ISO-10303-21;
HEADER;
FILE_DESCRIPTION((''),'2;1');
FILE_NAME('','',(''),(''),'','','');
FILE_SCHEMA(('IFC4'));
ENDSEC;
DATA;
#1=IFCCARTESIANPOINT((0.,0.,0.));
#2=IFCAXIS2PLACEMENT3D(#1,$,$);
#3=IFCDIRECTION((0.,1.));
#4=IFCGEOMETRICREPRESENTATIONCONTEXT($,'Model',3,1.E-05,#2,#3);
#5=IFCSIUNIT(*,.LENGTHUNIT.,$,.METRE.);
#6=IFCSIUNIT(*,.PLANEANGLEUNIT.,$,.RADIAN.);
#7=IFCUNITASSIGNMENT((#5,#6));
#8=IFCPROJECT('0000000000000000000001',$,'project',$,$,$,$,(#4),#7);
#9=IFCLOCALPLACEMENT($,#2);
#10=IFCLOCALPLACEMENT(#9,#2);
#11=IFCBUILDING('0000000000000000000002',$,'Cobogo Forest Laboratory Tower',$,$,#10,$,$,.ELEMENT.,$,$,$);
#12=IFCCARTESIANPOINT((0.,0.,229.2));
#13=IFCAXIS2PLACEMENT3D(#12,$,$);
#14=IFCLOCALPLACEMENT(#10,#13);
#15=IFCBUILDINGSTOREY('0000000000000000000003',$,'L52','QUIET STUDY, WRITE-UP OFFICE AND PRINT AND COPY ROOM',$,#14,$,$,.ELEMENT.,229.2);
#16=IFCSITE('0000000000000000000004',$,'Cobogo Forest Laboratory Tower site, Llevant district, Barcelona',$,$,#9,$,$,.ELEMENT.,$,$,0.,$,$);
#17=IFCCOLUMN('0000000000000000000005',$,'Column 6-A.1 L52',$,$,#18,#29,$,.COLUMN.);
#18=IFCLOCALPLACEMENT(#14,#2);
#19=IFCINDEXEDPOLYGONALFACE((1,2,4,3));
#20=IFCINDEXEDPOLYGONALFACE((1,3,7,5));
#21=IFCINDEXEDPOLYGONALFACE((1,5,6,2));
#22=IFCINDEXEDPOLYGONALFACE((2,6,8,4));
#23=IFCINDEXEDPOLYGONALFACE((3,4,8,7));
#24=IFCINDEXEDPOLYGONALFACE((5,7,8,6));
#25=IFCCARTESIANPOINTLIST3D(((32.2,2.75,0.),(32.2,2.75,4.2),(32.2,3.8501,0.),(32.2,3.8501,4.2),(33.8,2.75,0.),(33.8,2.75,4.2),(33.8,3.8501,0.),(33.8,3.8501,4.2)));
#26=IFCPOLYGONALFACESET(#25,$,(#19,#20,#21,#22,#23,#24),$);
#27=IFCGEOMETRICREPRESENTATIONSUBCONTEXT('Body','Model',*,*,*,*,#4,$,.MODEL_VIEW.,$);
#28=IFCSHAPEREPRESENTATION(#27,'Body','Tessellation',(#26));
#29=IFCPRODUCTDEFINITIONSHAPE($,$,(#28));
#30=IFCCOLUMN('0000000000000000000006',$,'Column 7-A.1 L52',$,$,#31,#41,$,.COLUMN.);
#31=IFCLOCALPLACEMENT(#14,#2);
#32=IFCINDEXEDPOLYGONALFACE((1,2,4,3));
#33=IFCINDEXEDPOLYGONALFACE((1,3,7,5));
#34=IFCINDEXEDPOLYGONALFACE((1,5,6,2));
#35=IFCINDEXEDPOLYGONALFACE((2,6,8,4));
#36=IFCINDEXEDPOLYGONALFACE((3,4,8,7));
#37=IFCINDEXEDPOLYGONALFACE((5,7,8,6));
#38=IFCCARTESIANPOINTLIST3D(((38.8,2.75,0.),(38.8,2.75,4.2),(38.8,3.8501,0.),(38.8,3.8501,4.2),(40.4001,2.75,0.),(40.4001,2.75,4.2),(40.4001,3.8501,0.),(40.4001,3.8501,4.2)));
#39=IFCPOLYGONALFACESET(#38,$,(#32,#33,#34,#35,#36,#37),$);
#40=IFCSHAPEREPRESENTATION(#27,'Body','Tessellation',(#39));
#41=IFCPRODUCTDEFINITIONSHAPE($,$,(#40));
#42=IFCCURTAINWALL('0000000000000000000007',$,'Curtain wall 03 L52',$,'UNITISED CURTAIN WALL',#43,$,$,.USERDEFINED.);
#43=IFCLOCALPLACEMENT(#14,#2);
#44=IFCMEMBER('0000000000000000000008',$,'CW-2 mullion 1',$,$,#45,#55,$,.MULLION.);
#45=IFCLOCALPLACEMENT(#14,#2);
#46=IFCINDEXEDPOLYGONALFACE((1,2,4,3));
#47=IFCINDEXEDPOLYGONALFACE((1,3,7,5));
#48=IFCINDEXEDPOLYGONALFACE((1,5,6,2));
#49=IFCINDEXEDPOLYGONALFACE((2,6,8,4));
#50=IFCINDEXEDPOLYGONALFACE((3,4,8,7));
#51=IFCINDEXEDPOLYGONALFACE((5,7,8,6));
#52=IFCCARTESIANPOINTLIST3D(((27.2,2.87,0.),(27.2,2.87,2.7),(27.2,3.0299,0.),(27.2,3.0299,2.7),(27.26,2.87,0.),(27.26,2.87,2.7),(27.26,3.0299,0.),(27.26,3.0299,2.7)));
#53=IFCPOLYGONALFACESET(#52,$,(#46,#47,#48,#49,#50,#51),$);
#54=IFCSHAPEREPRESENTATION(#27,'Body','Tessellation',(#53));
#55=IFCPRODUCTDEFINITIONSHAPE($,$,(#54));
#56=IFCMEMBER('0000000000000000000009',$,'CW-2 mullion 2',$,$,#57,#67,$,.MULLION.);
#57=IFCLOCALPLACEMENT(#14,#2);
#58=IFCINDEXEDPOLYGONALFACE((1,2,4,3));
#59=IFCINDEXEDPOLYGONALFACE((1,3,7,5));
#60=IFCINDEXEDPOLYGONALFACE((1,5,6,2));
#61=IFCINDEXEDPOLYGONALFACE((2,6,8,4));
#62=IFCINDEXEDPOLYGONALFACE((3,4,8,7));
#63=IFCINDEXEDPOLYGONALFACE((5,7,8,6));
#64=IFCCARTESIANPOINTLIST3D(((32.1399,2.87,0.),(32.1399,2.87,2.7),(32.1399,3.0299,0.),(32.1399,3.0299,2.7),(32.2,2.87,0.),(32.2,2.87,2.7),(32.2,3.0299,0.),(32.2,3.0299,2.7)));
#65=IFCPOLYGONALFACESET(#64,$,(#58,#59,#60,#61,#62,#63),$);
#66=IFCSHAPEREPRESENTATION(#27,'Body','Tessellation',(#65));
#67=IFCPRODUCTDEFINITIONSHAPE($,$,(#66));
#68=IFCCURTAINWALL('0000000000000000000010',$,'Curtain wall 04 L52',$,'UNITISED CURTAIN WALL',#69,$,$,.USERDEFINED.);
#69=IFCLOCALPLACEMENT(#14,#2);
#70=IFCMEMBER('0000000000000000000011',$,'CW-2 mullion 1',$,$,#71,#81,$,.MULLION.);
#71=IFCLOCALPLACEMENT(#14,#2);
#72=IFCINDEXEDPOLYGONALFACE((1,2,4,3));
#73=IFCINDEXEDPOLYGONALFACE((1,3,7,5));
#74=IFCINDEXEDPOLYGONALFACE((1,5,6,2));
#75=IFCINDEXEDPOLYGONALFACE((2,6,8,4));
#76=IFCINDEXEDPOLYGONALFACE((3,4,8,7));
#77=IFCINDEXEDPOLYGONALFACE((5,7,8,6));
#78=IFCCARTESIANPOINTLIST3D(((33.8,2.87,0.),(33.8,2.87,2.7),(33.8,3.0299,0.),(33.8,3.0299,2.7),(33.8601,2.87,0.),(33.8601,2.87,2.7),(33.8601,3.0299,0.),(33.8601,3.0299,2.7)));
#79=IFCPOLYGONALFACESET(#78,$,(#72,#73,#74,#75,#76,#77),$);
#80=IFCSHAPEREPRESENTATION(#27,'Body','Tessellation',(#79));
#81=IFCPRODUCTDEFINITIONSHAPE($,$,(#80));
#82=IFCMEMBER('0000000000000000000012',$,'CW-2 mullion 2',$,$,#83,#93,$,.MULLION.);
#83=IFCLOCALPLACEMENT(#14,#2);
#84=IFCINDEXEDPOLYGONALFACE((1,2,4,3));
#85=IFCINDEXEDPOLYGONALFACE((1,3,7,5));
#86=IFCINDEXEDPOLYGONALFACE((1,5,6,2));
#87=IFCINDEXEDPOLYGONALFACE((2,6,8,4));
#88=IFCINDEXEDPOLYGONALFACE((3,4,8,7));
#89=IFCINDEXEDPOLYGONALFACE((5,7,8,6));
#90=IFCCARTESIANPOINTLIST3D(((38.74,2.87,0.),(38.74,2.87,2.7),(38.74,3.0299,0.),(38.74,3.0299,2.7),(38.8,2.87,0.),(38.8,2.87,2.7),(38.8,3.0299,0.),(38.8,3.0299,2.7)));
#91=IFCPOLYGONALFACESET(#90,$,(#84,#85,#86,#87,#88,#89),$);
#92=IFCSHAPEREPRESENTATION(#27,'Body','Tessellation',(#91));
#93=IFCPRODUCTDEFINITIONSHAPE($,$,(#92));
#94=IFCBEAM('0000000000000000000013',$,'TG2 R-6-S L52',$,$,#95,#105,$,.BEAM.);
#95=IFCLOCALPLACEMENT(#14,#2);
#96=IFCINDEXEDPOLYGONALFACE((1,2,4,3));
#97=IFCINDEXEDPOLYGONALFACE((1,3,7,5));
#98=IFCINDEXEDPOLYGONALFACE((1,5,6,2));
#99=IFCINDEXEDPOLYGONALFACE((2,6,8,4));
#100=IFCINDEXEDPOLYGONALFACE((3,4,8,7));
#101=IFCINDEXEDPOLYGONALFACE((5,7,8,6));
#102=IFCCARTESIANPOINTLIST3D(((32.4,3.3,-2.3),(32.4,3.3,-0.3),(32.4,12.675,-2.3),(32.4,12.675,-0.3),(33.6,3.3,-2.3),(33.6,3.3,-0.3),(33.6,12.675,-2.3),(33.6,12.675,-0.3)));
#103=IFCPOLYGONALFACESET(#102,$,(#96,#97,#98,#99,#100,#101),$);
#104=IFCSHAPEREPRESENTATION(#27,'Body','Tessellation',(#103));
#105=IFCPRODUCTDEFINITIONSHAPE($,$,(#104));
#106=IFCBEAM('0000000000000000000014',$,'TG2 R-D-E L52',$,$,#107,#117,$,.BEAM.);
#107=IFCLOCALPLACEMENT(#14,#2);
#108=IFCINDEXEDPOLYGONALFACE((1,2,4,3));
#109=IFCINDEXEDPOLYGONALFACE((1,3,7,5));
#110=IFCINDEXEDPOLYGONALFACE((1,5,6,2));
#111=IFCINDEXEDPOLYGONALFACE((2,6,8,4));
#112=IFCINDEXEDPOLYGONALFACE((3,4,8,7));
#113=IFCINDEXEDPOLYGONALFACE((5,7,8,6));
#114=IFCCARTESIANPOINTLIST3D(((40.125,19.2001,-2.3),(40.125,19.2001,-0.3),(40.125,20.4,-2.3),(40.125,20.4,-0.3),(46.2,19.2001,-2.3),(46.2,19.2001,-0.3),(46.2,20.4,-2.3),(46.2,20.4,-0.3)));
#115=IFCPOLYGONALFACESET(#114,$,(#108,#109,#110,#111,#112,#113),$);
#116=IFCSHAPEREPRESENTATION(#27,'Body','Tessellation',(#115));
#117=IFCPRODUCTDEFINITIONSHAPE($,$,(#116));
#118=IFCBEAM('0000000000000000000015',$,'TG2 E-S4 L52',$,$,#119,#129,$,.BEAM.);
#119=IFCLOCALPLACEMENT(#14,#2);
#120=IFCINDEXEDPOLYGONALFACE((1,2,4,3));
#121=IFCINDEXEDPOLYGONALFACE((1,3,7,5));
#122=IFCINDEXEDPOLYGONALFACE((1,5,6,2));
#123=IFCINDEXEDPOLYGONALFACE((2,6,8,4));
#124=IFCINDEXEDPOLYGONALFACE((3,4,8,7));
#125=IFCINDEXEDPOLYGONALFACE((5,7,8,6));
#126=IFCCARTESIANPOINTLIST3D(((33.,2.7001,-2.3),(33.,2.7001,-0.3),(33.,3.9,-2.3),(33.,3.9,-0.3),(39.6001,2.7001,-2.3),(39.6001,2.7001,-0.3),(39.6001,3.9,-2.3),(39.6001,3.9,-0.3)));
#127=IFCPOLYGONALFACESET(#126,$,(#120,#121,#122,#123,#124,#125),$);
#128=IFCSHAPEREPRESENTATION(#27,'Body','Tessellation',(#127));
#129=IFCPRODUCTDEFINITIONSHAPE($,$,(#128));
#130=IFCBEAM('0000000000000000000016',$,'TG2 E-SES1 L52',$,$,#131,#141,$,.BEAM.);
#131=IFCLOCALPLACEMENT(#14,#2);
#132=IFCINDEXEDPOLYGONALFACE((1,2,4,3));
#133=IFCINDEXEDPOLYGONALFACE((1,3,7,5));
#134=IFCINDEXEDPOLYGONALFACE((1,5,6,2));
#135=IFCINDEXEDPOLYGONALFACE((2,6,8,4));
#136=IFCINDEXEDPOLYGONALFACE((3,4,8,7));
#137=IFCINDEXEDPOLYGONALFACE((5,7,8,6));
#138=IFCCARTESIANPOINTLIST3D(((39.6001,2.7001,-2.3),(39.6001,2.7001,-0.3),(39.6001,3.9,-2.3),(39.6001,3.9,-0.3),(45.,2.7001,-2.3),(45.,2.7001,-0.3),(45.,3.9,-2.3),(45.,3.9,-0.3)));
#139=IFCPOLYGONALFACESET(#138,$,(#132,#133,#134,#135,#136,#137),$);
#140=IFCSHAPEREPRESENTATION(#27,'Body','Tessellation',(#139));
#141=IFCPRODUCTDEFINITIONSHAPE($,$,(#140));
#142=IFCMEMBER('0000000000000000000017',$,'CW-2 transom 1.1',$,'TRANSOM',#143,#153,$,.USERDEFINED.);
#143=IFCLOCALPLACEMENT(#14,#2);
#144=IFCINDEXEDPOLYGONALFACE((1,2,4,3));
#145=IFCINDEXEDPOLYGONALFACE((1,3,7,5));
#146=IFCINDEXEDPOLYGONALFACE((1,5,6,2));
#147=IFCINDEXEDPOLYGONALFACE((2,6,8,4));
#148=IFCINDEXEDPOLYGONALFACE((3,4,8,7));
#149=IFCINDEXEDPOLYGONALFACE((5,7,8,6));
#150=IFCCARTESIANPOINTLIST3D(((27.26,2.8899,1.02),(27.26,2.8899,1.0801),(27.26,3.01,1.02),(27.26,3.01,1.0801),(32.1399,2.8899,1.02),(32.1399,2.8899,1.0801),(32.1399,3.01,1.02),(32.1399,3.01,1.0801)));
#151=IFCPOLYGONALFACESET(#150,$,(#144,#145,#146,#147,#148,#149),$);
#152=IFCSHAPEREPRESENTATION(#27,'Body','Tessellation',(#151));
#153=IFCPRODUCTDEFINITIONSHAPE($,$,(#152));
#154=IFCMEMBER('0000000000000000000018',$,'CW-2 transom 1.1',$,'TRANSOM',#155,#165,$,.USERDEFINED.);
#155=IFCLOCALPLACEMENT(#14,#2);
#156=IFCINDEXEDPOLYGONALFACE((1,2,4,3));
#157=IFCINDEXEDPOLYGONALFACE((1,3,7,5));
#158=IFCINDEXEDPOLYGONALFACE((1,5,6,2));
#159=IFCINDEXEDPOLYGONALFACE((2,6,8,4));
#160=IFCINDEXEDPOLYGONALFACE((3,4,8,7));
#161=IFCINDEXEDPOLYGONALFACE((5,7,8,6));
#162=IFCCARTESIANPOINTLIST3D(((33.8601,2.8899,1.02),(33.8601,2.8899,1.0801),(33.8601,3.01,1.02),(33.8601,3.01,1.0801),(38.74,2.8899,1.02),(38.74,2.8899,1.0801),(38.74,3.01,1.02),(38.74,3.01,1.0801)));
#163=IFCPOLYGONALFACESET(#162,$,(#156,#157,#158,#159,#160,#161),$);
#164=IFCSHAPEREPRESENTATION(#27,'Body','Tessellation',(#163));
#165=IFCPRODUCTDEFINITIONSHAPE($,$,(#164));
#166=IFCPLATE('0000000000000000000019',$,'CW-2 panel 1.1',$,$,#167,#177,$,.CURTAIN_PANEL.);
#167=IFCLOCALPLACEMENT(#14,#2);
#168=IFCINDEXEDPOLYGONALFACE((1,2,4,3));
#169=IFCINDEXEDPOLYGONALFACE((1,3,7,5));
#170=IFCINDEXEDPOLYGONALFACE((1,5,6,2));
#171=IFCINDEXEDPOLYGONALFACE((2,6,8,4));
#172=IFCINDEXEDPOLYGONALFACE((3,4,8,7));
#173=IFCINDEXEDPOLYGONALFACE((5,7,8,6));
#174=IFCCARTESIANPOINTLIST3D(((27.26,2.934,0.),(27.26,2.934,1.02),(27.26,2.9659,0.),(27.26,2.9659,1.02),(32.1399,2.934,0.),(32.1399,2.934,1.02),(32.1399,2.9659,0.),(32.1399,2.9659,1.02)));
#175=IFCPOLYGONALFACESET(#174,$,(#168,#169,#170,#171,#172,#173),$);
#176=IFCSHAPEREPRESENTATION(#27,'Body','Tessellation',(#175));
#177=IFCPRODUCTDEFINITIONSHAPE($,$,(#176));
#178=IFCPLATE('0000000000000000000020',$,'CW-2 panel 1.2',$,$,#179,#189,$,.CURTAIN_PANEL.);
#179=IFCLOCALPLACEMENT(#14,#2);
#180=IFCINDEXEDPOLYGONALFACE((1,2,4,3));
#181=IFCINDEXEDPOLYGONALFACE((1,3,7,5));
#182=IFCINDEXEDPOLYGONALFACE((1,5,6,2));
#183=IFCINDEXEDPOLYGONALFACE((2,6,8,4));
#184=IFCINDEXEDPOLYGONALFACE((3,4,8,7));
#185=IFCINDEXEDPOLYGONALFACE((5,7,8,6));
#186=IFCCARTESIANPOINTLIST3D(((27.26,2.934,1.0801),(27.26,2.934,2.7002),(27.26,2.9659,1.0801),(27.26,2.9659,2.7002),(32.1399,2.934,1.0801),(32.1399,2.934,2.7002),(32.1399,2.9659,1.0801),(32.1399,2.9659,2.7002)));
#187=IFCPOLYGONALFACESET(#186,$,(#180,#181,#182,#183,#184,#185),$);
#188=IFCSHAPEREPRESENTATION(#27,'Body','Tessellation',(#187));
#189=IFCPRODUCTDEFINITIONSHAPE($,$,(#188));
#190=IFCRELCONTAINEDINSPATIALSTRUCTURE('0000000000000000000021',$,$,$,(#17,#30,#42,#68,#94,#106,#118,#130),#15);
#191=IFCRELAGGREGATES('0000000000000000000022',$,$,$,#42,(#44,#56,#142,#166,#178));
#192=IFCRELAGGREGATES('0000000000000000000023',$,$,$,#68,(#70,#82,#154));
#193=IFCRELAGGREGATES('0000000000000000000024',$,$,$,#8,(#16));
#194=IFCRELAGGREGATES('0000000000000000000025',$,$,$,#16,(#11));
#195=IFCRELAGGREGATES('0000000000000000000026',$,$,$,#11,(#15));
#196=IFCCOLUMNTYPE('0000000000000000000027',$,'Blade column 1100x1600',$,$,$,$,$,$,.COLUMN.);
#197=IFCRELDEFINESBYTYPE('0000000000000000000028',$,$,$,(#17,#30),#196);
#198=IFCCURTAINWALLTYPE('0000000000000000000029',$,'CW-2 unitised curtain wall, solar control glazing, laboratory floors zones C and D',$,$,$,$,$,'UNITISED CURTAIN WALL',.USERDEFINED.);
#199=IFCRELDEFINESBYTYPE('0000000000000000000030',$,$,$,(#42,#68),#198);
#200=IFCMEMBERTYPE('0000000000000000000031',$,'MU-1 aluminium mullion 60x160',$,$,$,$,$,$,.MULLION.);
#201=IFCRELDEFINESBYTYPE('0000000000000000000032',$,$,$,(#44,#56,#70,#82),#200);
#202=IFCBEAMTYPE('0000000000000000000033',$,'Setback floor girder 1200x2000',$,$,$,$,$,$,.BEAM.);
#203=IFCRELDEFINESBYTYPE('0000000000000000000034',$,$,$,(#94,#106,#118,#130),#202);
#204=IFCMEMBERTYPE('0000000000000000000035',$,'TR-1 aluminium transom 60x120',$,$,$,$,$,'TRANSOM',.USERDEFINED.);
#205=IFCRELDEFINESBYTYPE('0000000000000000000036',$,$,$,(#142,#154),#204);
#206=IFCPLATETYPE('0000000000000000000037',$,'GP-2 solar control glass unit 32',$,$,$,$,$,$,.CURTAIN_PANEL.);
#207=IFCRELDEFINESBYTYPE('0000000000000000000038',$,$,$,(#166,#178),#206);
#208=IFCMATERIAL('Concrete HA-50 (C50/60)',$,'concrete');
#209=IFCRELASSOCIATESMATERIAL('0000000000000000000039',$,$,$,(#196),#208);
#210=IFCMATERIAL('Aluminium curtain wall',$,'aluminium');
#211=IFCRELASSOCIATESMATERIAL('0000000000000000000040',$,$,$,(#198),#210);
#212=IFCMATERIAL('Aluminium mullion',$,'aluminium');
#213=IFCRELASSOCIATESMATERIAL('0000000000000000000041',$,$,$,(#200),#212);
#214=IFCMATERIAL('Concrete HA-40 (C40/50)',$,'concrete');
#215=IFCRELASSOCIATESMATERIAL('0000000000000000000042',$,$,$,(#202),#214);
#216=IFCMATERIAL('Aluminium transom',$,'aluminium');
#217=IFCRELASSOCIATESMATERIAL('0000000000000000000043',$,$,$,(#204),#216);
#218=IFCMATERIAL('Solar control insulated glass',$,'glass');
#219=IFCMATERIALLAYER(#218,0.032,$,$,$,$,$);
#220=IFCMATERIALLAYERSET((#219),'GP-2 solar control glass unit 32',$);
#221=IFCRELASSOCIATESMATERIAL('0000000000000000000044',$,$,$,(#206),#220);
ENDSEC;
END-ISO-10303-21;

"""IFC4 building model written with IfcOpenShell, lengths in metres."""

from ifc_helpers import new_model, si_unit, direction, frame, origin, origin_2d, place, context, subcontext, project, spatial, rectangle, extrude, material, layer, layer_set, material_profile, profile_set, type_object, element, aggregate, save


model = new_model("IFC4")

# Units and contexts
model_context = context("Model", 3, precision=1e-05, world=origin(), true_north=direction((0.0, 1.0)))
body_context = subcontext(model_context, "Body", "Model", "MODEL_VIEW")
ifc_project = project(units=[si_unit("LENGTHUNIT", "METRE"), si_unit("PLANEANGLEUNIT", "RADIAN")], contexts=[model_context])

# Site, building, storey
site_placement = place(None, origin())
site = spatial("IfcSite", under=ifc_project, at=site_placement, Name="Cobogo Forest Laboratory Tower site, Llevant district, Barcelona", CompositionType="ELEMENT", RefElevation=0.0)
building_placement = place(site_placement, origin())
building = spatial("IfcBuilding", under=site, at=building_placement, Name="Cobogo Forest Laboratory Tower", CompositionType="ELEMENT")
storey_placement = place(building_placement, frame((0.0, 0.0, 229.2)))
storey = spatial("IfcBuildingStorey", under=building, at=storey_placement, Name="L52", Description="QUIET STUDY, WRITE-UP OFFICE AND PRINT AND COPY ROOM", CompositionType="ELEMENT", Elevation=229.2)

# Columns
ifc_material_1 = material(Name="Concrete HA-50 (C50/60)", Category="concrete")
ifc_material_profile_1 = material_profile(ifc_material_1, rectangle(XDim=1.6001, YDim=1.1001, at=origin_2d()), Name="RC 1100x1600")
ifc_profile_set_1 = profile_set([ifc_material_profile_1], Name="Concrete HA-50 (C50/60)")
column_type = type_object("IfcColumnType", Name="Blade column 1100x1600", PredefinedType="COLUMN", material=ifc_profile_set_1)
for number, where, z_axis, x_axis, name in (
    (1, (33.0, 3.3, 0.0), (0.0, 0.0, 1.0), (1.0, 0.0, 0.0), "Column 6-A.1 L52"),
    (2, (39.6001, 3.3, 0.0), (0.0, 0.0, 1.0), (1.0, 0.0, 0.0), "Column 7-A.1 L52"),
):
    element("IfcColumn", number, at=place(storey_placement, frame(where, z_axis=z_axis, x_axis=x_axis)), inside=storey, type_object=column_type, Name=name, PredefinedType="COLUMN", context=body_context, shape_type="SweptSolid", body=[
        extrude(rectangle(XDim=1.6001, YDim=1.1001, at=origin_2d()), origin(), (0.0, 0.0, 1.0), 4.2),
    ])

# Curtain walls, members
ifc_material_2 = material(Name="Aluminium curtain wall", Category="aluminium")
curtain_wall_type = type_object("IfcCurtainWallType", Name="CW-2 unitised curtain wall, solar control glazing, laboratory floors zones C and D", ElementType="UNITISED CURTAIN WALL", PredefinedType="USERDEFINED", material=ifc_material_2)
curtain_wall_1_placement = place(storey_placement, origin())
curtain_wall_1 = element("IfcCurtainWall", 3, at=curtain_wall_1_placement, inside=storey, type_object=curtain_wall_type, Name="Curtain wall 03 L52", ObjectType="UNITISED CURTAIN WALL", PredefinedType="USERDEFINED")
ifc_material_3 = material(Name="Aluminium mullion", Category="aluminium")
ifc_material_profile_2 = material_profile(ifc_material_3, rectangle(XDim=0.0601, YDim=0.1599, at=origin_2d()), Name="AL 60x160")
ifc_profile_set_2 = profile_set([ifc_material_profile_2], Name="Aluminium mullion")
member_type_1 = type_object("IfcMemberType", Name="MU-1 aluminium mullion 60x160", PredefinedType="MULLION", material=ifc_profile_set_2)
member_1_placement = place(storey_placement, frame((27.23, 2.95, 0.0), z_axis=(0.0, 0.0, 1.0), x_axis=(1.0, 0.0, 0.0)))
member_1 = element("IfcMember", 4, at=member_1_placement, type_object=member_type_1, Name="CW-2 mullion 1", PredefinedType="MULLION", context=body_context, shape_type="SweptSolid", body=[
    extrude(rectangle(XDim=0.0601, YDim=0.1599, at=origin_2d()), origin(), (0.0, 0.0, 1.0), 2.7),
])
member_2_placement = place(storey_placement, frame((32.1699, 2.95, 0.0), z_axis=(0.0, 0.0, 1.0), x_axis=(1.0, 0.0, 0.0)))
member_2 = element("IfcMember", 5, at=member_2_placement, type_object=member_type_1, Name="CW-2 mullion 2", PredefinedType="MULLION", context=body_context, shape_type="SweptSolid", body=[
    extrude(rectangle(XDim=0.0601, YDim=0.1599, at=origin_2d()), origin(), (0.0, 0.0, 1.0), 2.7),
])
curtain_wall_2_placement = place(storey_placement, origin())
curtain_wall_2 = element("IfcCurtainWall", 6, at=curtain_wall_2_placement, inside=storey, type_object=curtain_wall_type, Name="Curtain wall 04 L52", ObjectType="UNITISED CURTAIN WALL", PredefinedType="USERDEFINED")
member_3_placement = place(storey_placement, frame((33.8301, 2.95, 0.0), z_axis=(0.0, 0.0, 1.0), x_axis=(1.0, 0.0, 0.0)))
member_3 = element("IfcMember", 7, at=member_3_placement, type_object=member_type_1, Name="CW-2 mullion 1", PredefinedType="MULLION", context=body_context, shape_type="SweptSolid", body=[
    extrude(rectangle(XDim=0.0601, YDim=0.1599, at=origin_2d()), origin(), (0.0, 0.0, 1.0), 2.7),
])
member_4_placement = place(storey_placement, frame((38.77, 2.95, 0.0), z_axis=(0.0, 0.0, 1.0), x_axis=(1.0, 0.0, 0.0)))
member_4 = element("IfcMember", 8, at=member_4_placement, type_object=member_type_1, Name="CW-2 mullion 2", PredefinedType="MULLION", context=body_context, shape_type="SweptSolid", body=[
    extrude(rectangle(XDim=0.0601, YDim=0.1599, at=origin_2d()), origin(), (0.0, 0.0, 1.0), 2.7),
])

# Beams
ifc_material_4 = material(Name="Concrete HA-40 (C40/50)", Category="concrete")
ifc_material_profile_3 = material_profile(ifc_material_4, rectangle(XDim=1.2, YDim=2.0, at=origin_2d()), Name="RC 1200x2000")
ifc_profile_set_3 = profile_set([ifc_material_profile_3], Name="Concrete HA-40 (C40/50)")
beam_type = type_object("IfcBeamType", Name="Setback floor girder 1200x2000", PredefinedType="BEAM", material=ifc_profile_set_3)
beam_1_placement = place(storey_placement, frame((33.0, 12.675, -1.3), z_axis=(0.0, -1.0, 0.0), x_axis=(1.0, 0.0, 0.0)))
element("IfcBeam", 9, at=beam_1_placement, inside=storey, type_object=beam_type, Name="TG2 R-6-S L52", PredefinedType="BEAM", context=body_context, shape_type="SweptSolid", body=[
    extrude(rectangle(XDim=1.2, YDim=2.0, at=origin_2d()), origin(), (0.0, 0.0, 1.0), 9.375),
])
beam_2_placement = place(storey_placement, frame((40.125, 19.8, -1.3), z_axis=(1.0, 0.0, 0.0), x_axis=(0.0, 1.0, 0.0)))
element("IfcBeam", 10, at=beam_2_placement, inside=storey, type_object=beam_type, Name="TG2 R-D-E L52", PredefinedType="BEAM", context=body_context, shape_type="SweptSolid", body=[
    extrude(rectangle(XDim=1.2, YDim=2.0, at=origin_2d()), origin(), (0.0, 0.0, 1.0), 6.075),
])
beam_3_placement = place(storey_placement, frame((33.0, 3.3, -1.3), z_axis=(1.0, 0.0, 0.0), x_axis=(0.0, 1.0, 0.0)))
element("IfcBeam", 11, at=beam_3_placement, inside=storey, type_object=beam_type, Name="TG2 E-S4 L52", PredefinedType="BEAM", context=body_context, shape_type="SweptSolid", body=[
    extrude(rectangle(XDim=1.2, YDim=2.0, at=origin_2d()), origin(), (0.0, 0.0, 1.0), 6.6001),
])
beam_4_placement = place(storey_placement, frame((39.6001, 3.3, -1.3), z_axis=(1.0, 0.0, 0.0), x_axis=(0.0, 1.0, 0.0)))
element("IfcBeam", 12, at=beam_4_placement, inside=storey, type_object=beam_type, Name="TG2 E-SES1 L52", PredefinedType="BEAM", context=body_context, shape_type="SweptSolid", body=[
    extrude(rectangle(XDim=1.2, YDim=2.0, at=origin_2d()), origin(), (0.0, 0.0, 1.0), 5.3999),
])

# Members
ifc_material_5 = material(Name="Aluminium transom", Category="aluminium")
ifc_material_profile_4 = material_profile(ifc_material_5, rectangle(XDim=0.1201, YDim=0.0601, at=origin_2d()), Name="AL 60x120")
ifc_profile_set_4 = profile_set([ifc_material_profile_4], Name="Aluminium transom")
member_type_2 = type_object("IfcMemberType", Name="TR-1 aluminium transom 60x120", ElementType="TRANSOM", PredefinedType="USERDEFINED", material=ifc_profile_set_4)
member_5_placement = place(storey_placement, frame((27.26, 2.95, 1.05), z_axis=(1.0, 0.0, 0.0), x_axis=(0.0, 1.0, 0.0)))
member_5 = element("IfcMember", 13, at=member_5_placement, type_object=member_type_2, Name="CW-2 transom 1.1", ObjectType="TRANSOM", PredefinedType="USERDEFINED", context=body_context, shape_type="SweptSolid", body=[
    extrude(rectangle(XDim=0.1201, YDim=0.0601, at=origin_2d()), origin(), (0.0, 0.0, 1.0), 4.8799),
])
member_6_placement = place(storey_placement, frame((33.8601, 2.95, 1.05), z_axis=(1.0, 0.0, 0.0), x_axis=(0.0, 1.0, 0.0)))
member_6 = element("IfcMember", 14, at=member_6_placement, type_object=member_type_2, Name="CW-2 transom 1.1", ObjectType="TRANSOM", PredefinedType="USERDEFINED", context=body_context, shape_type="SweptSolid", body=[
    extrude(rectangle(XDim=0.1201, YDim=0.0601, at=origin_2d()), origin(), (0.0, 0.0, 1.0), 4.8799),
])

# Plates
ifc_material_6 = material(Name="Solar control insulated glass", Category="glass")
ifc_layer_1 = layer(ifc_material_6, 0.032)
ifc_layer_set_1 = layer_set([ifc_layer_1], Name="GP-2 solar control glass unit 32")
plate_type_1 = type_object("IfcPlateType", Name="GP-2 solar control glass unit 32", PredefinedType="CURTAIN_PANEL", material=ifc_layer_set_1)
plate_1_placement = place(storey_placement, frame((29.7, 2.95, 0.0), z_axis=(0.0, 0.0, 1.0), x_axis=(1.0, 0.0, 0.0)))
plate_1 = element("IfcPlate", 15, at=plate_1_placement, type_object=plate_type_1, Name="CW-2 panel 1.1", PredefinedType="CURTAIN_PANEL", context=body_context, shape_type="SweptSolid", body=[
    extrude(rectangle(XDim=4.8799, YDim=0.032, at=origin_2d()), origin(), (0.0, 0.0, 1.0), 1.02),
])
plate_2_placement = place(storey_placement, frame((29.7, 2.95, 1.0801), z_axis=(0.0, 0.0, 1.0), x_axis=(1.0, 0.0, 0.0)))
plate_2 = element("IfcPlate", 16, at=plate_2_placement, type_object=plate_type_1, Name="CW-2 panel 1.2", PredefinedType="CURTAIN_PANEL", context=body_context, shape_type="SweptSolid", body=[
    extrude(rectangle(XDim=4.8799, YDim=0.032, at=origin_2d()), origin(), (0.0, 0.0, 1.0), 1.6201),
])
aggregate(curtain_wall_1, [member_1, member_2, member_5, plate_1, plate_2])
aggregate(curtain_wall_2, [member_3, member_4, member_6])

save(model, "model.ifc")
